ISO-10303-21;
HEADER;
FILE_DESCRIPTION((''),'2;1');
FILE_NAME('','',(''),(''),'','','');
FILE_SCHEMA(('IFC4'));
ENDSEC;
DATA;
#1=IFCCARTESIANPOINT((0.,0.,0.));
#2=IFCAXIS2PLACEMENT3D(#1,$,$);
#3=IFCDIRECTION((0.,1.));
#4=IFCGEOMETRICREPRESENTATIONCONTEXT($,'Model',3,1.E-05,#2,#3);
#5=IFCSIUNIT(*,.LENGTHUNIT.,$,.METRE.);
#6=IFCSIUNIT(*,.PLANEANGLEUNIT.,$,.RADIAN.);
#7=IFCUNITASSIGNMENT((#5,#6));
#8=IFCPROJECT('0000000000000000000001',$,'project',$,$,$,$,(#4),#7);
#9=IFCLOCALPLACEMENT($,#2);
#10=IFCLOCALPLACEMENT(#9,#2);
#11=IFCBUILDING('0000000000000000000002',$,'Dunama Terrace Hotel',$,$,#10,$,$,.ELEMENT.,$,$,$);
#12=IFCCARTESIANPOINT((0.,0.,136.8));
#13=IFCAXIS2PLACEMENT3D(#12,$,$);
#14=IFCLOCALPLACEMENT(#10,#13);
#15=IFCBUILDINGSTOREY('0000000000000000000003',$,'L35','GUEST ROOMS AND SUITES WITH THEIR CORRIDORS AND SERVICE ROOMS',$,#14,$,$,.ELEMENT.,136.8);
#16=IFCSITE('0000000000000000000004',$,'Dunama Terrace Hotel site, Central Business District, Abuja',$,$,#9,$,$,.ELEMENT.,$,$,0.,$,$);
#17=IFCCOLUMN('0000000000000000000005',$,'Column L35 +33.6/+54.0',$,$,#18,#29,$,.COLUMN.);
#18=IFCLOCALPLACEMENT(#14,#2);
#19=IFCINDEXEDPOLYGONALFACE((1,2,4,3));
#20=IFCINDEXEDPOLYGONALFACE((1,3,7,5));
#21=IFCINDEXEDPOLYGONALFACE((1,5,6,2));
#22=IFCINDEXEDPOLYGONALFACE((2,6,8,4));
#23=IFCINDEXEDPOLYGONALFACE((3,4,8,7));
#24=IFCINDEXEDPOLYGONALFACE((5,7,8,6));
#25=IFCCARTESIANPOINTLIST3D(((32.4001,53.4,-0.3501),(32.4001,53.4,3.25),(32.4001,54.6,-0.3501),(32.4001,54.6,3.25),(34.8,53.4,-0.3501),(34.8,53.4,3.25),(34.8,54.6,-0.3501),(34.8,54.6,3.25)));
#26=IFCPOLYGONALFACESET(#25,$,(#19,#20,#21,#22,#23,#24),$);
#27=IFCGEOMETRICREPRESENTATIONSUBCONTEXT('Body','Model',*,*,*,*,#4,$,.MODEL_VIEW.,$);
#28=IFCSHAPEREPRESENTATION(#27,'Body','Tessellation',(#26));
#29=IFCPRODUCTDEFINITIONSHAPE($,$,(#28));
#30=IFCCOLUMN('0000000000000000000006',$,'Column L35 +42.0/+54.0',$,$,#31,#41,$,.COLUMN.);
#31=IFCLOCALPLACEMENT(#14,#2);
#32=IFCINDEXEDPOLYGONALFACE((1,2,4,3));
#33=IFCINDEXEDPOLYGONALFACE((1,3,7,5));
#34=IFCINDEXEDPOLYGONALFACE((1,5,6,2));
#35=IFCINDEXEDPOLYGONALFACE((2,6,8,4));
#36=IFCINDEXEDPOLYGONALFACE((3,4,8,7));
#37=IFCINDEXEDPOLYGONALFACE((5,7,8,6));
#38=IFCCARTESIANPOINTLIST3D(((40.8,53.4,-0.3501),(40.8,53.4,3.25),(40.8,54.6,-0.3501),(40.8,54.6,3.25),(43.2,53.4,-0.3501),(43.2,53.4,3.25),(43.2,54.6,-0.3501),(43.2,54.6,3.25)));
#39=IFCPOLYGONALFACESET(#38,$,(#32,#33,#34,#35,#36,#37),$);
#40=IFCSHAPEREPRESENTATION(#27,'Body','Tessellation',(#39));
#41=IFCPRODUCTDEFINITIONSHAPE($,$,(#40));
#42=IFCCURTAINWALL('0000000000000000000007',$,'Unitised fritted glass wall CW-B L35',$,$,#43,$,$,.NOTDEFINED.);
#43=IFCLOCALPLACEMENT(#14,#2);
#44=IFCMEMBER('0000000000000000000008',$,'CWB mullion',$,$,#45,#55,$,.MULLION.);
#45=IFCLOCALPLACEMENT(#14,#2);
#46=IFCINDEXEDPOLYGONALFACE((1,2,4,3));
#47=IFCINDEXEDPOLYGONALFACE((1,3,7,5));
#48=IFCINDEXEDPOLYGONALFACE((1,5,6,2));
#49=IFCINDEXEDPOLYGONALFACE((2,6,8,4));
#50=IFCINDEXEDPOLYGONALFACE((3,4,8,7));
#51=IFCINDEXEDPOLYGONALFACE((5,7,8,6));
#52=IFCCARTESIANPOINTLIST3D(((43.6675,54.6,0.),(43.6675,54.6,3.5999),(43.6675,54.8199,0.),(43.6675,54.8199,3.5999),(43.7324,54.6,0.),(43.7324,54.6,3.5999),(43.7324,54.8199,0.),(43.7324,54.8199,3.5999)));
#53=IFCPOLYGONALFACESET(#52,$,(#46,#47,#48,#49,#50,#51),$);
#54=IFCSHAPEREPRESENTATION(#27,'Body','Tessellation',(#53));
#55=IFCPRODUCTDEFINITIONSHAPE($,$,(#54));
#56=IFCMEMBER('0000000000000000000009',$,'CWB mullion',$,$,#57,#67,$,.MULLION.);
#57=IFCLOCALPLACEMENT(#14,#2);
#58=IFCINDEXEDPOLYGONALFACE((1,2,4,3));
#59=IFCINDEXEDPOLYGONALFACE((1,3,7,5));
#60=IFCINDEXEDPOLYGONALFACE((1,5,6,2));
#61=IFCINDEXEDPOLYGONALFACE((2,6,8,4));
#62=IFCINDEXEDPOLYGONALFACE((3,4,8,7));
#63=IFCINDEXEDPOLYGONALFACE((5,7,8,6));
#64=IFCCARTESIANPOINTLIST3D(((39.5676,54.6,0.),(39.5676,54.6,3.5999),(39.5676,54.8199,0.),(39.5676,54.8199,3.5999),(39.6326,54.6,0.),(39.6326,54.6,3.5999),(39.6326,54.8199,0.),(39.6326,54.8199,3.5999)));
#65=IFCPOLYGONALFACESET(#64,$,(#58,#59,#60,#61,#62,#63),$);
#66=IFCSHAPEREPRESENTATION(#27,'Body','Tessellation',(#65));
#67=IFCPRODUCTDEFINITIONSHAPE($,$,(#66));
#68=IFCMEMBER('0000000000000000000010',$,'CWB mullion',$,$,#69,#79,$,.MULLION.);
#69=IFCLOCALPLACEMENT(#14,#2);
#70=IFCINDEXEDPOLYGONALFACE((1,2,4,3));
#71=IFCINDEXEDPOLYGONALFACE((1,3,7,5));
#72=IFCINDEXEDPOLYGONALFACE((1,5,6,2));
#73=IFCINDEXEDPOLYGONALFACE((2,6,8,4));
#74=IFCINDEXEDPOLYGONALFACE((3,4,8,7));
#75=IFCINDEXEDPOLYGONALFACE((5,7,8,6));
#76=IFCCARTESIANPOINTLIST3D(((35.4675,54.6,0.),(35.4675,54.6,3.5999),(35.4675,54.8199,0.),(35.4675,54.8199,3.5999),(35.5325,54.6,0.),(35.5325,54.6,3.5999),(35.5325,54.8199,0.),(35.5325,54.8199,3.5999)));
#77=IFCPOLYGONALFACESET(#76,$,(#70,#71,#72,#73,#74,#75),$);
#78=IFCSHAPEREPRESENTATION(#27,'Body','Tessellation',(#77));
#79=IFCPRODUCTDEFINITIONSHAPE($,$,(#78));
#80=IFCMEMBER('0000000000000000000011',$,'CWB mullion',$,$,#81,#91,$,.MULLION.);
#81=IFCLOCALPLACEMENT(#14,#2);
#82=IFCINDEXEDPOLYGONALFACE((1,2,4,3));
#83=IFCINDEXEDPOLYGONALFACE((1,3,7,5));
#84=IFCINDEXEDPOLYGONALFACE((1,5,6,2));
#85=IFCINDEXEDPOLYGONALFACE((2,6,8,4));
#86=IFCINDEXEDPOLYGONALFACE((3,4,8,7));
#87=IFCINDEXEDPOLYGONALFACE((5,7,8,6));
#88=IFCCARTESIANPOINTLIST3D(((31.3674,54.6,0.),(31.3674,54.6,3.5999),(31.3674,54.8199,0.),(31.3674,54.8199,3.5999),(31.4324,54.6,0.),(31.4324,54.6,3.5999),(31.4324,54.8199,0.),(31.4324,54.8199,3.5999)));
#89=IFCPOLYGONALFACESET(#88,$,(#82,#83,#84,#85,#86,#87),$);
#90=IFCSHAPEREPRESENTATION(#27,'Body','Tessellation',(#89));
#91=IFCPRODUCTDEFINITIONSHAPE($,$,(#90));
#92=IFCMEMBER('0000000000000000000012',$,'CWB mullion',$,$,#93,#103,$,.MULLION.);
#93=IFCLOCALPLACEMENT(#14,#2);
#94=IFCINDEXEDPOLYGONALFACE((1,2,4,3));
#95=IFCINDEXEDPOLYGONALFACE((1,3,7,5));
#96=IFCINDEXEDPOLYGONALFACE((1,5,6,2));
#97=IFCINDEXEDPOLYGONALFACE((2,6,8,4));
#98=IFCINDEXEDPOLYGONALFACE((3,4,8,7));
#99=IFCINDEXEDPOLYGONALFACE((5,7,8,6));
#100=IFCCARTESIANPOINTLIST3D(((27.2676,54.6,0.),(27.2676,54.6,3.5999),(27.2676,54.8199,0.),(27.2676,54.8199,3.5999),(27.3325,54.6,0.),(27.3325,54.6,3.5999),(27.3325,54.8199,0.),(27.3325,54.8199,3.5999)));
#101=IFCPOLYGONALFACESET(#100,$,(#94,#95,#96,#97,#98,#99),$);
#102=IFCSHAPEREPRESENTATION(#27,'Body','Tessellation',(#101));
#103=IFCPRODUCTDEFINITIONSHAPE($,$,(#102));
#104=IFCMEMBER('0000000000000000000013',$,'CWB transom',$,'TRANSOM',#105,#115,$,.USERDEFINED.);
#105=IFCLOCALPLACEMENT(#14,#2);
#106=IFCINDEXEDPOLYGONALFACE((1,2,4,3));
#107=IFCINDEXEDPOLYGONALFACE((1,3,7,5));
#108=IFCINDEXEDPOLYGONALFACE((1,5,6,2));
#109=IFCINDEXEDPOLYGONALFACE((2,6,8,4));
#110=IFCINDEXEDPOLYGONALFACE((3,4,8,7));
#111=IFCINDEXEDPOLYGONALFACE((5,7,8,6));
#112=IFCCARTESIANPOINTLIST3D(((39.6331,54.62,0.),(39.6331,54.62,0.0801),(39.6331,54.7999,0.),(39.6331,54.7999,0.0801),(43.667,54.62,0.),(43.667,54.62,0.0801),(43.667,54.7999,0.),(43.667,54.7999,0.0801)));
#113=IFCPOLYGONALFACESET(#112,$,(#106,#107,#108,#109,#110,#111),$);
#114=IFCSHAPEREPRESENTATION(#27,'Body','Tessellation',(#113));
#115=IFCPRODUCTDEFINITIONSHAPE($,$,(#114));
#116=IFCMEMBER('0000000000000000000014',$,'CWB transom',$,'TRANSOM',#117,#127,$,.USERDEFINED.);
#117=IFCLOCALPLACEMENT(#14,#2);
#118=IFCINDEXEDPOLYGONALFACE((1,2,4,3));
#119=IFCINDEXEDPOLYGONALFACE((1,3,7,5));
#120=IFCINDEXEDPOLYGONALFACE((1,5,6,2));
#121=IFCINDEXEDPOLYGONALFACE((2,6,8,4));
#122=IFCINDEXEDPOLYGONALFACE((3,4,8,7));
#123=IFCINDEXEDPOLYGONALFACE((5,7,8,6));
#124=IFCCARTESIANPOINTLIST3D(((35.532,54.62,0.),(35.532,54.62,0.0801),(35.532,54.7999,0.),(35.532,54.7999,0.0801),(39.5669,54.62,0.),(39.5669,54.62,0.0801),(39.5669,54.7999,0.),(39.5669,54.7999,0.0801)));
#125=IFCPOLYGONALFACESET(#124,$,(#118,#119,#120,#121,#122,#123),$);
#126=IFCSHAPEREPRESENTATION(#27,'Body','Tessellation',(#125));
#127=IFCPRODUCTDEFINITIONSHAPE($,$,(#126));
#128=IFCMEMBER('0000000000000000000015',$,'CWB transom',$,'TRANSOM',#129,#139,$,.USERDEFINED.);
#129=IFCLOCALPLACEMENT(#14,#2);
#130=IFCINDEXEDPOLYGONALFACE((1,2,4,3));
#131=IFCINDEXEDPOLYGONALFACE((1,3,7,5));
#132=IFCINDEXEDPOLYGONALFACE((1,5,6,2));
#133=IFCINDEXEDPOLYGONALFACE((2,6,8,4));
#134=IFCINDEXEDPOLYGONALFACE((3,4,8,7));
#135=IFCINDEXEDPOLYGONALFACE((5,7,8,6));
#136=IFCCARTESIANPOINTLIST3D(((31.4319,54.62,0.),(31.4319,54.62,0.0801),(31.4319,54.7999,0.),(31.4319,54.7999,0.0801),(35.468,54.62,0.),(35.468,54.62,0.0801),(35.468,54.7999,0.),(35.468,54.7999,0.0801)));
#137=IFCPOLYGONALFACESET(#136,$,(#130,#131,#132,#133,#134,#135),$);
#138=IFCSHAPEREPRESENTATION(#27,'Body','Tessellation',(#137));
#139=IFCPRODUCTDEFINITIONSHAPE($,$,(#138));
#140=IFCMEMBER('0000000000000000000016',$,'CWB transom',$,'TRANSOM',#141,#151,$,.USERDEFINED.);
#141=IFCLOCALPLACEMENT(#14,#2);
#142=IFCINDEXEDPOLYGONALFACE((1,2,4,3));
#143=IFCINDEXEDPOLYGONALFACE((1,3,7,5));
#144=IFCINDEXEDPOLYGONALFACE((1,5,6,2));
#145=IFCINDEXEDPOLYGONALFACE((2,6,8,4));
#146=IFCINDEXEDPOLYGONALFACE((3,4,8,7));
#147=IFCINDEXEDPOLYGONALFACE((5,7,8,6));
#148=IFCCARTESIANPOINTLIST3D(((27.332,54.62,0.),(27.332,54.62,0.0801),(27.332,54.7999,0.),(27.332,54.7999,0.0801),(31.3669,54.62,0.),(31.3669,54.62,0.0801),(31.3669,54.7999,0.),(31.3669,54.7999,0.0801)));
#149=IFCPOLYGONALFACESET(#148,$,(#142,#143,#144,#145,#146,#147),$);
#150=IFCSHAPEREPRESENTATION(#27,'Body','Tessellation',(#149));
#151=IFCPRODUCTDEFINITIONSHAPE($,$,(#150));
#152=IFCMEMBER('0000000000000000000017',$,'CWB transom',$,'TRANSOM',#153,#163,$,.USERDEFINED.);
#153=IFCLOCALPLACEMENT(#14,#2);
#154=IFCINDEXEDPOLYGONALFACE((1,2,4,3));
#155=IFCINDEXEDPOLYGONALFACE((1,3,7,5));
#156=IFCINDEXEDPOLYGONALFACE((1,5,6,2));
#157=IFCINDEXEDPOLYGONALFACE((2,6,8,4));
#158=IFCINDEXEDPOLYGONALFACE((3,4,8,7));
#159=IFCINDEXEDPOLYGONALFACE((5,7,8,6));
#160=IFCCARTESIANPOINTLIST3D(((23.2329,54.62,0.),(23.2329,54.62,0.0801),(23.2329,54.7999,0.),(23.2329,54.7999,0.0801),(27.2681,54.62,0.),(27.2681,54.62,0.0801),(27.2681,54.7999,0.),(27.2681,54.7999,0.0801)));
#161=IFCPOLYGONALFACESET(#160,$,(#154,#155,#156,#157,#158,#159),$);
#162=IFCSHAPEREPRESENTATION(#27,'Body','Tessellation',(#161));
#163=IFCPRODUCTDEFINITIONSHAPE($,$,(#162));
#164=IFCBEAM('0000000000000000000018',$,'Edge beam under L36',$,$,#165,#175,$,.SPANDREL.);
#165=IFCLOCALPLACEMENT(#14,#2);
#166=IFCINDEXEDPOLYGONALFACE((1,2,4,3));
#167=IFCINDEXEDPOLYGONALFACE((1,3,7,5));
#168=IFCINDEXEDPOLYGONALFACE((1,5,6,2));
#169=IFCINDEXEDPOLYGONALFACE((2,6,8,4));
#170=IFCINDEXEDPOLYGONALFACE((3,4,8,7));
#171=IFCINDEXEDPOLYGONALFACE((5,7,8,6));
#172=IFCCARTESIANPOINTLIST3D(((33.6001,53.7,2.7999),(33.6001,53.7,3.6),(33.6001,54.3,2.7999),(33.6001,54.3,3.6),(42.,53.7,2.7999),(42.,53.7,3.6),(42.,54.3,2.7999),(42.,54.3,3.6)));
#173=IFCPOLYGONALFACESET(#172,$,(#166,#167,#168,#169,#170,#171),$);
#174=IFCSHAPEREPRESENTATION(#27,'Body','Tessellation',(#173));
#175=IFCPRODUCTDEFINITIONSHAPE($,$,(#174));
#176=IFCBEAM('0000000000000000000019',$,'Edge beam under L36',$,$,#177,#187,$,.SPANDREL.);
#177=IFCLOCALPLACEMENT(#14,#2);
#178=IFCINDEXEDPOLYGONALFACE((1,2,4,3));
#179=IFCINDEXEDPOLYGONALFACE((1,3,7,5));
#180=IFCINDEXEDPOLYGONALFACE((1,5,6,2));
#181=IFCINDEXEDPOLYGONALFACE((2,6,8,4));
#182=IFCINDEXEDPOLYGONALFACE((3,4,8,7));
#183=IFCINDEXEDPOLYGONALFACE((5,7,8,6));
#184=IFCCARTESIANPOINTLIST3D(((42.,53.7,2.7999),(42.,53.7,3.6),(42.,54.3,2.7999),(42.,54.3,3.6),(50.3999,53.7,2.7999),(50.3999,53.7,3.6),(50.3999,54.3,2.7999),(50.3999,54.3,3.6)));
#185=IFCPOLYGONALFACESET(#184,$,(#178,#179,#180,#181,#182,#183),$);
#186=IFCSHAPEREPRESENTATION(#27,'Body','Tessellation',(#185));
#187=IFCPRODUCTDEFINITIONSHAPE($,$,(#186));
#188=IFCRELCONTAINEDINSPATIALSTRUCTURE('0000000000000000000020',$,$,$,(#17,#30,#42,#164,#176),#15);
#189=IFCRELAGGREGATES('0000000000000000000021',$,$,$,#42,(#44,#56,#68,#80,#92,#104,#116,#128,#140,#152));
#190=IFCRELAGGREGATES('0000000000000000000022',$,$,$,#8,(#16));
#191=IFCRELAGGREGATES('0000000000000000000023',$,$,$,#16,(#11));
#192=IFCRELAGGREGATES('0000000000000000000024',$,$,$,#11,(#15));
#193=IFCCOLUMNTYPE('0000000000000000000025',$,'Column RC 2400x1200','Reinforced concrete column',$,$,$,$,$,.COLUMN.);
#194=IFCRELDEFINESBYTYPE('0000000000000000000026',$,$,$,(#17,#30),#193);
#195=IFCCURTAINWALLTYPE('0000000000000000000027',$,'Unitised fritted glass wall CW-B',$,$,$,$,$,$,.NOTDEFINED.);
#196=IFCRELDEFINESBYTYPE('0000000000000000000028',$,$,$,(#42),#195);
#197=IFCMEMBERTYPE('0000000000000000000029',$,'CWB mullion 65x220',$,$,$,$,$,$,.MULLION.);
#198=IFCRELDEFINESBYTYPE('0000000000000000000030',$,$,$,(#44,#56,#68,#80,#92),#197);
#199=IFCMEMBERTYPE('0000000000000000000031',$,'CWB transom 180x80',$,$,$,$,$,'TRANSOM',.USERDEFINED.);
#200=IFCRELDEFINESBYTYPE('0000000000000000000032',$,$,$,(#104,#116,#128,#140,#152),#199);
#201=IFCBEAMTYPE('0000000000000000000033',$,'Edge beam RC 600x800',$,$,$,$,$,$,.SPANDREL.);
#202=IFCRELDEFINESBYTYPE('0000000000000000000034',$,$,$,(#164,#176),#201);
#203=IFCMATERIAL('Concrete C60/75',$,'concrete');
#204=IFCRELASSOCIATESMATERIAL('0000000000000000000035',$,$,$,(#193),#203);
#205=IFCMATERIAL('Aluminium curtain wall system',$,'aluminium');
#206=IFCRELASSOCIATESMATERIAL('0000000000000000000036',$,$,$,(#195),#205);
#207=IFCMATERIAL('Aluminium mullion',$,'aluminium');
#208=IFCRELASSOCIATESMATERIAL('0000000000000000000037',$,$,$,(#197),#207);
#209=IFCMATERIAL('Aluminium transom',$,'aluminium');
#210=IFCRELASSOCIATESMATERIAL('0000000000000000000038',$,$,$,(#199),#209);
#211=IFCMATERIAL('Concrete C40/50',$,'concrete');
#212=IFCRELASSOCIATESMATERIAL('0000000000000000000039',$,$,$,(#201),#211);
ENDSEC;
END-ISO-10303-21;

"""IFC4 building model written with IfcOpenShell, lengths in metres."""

from ifc_helpers import new_model, si_unit, direction, frame, origin, origin_2d, place, context, subcontext, project, spatial, rectangle, extrude, material, material_profile, profile_set, type_object, element, aggregate, save


model = new_model("IFC4")

# Units and contexts
model_context = context("Model", 3, precision=1e-05, world=origin(), true_north=direction((0.0, 1.0)))
body_context = subcontext(model_context, "Body", "Model", "MODEL_VIEW")
ifc_project = project(units=[si_unit("LENGTHUNIT", "METRE"), si_unit("PLANEANGLEUNIT", "RADIAN")], contexts=[model_context])

# Site, building, storey
site_placement = place(None, origin())
site = spatial("IfcSite", under=ifc_project, at=site_placement, Name="Dunama Terrace Hotel site, Central Business District, Abuja", CompositionType="ELEMENT", RefElevation=0.0)
building_placement = place(site_placement, origin())
building = spatial("IfcBuilding", under=site, at=building_placement, Name="Dunama Terrace Hotel", CompositionType="ELEMENT")
storey_placement = place(building_placement, frame((0.0, 0.0, 136.8)))
storey = spatial("IfcBuildingStorey", under=building, at=storey_placement, Name="L35", Description="GUEST ROOMS AND SUITES WITH THEIR CORRIDORS AND SERVICE ROOMS", CompositionType="ELEMENT", Elevation=136.8)

# Columns
ifc_material_1 = material(Name="Concrete C60/75", Category="concrete")
ifc_material_profile_1 = material_profile(ifc_material_1, rectangle(XDim=2.3999, YDim=1.2, at=origin_2d()), Name="RC 2400x1200")
ifc_profile_set_1 = profile_set([ifc_material_profile_1], Name="Concrete C60/75")
column_type = type_object("IfcColumnType", Name="Column RC 2400x1200", Description="Reinforced concrete column", PredefinedType="COLUMN", material=ifc_profile_set_1)
for number, where, z_axis, x_axis, name in (
    (1, (33.6001, 54.0, -0.3501), (0.0, 0.0, 1.0), (1.0, 0.0, 0.0), "Column L35 +33.6/+54.0"),
    (2, (42.0, 54.0, -0.3501), (0.0, 0.0, 1.0), (1.0, 0.0, 0.0), "Column L35 +42.0/+54.0"),
):
    element("IfcColumn", number, at=place(storey_placement, frame(where, z_axis=z_axis, x_axis=x_axis)), inside=storey, type_object=column_type, Name=name, PredefinedType="COLUMN", context=body_context, shape_type="SweptSolid", body=[
        extrude(rectangle(XDim=2.3999, YDim=1.2, at=origin_2d()), origin(), (0.0, 0.0, 1.0), 3.6001),
    ])

# Curtain wall, members
ifc_material_2 = material(Name="Aluminium curtain wall system", Category="aluminium")
curtain_wall_type = type_object("IfcCurtainWallType", Name="Unitised fritted glass wall CW-B", PredefinedType="NOTDEFINED", material=ifc_material_2)
curtain_wall_placement = place(storey_placement, origin())
curtain_wall = element("IfcCurtainWall", 3, at=curtain_wall_placement, inside=storey, type_object=curtain_wall_type, Name="Unitised fritted glass wall CW-B L35", PredefinedType="NOTDEFINED")
ifc_material_3 = material(Name="Aluminium mullion", Category="aluminium")
ifc_material_profile_2 = material_profile(ifc_material_3, rectangle(XDim=0.0649, YDim=0.22, at=origin_2d()), Name="CWB MULLION 65X220")
ifc_profile_set_2 = profile_set([ifc_material_profile_2], Name="Aluminium mullion")
member_type_1 = type_object("IfcMemberType", Name="CWB mullion 65x220", PredefinedType="MULLION", material=ifc_profile_set_2)
member_1_placement = place(storey_placement, frame((43.7, 54.71, 0.0), z_axis=(0.0, 0.0, 1.0), x_axis=(-1.0, 0.0, 0.0)))
member_1 = element("IfcMember", 4, at=member_1_placement, type_object=member_type_1, Name="CWB mullion", PredefinedType="MULLION", context=body_context, shape_type="SweptSolid", body=[
    extrude(rectangle(XDim=0.0649, YDim=0.22, at=origin_2d()), origin(), (0.0, 0.0, 1.0), 3.5999),
])
member_2_placement = place(storey_placement, frame((39.6001, 54.71, 0.0), z_axis=(0.0, 0.0, 1.0), x_axis=(-1.0, 0.0, 0.0)))
member_2 = element("IfcMember", 5, at=member_2_placement, type_object=member_type_1, Name="CWB mullion", PredefinedType="MULLION", context=body_context, shape_type="SweptSolid", body=[
    extrude(rectangle(XDim=0.0649, YDim=0.22, at=origin_2d()), origin(), (0.0, 0.0, 1.0), 3.5999),
])
member_3_placement = place(storey_placement, frame((35.5, 54.71, 0.0), z_axis=(0.0, 0.0, 1.0), x_axis=(-1.0, 0.0, 0.0)))
member_3 = element("IfcMember", 6, at=member_3_placement, type_object=member_type_1, Name="CWB mullion", PredefinedType="MULLION", context=body_context, shape_type="SweptSolid", body=[
    extrude(rectangle(XDim=0.0649, YDim=0.22, at=origin_2d()), origin(), (0.0, 0.0, 1.0), 3.5999),
])
member_4_placement = place(storey_placement, frame((31.3999, 54.71, 0.0), z_axis=(0.0, 0.0, 1.0), x_axis=(-1.0, 0.0, 0.0)))
member_4 = element("IfcMember", 7, at=member_4_placement, type_object=member_type_1, Name="CWB mullion", PredefinedType="MULLION", context=body_context, shape_type="SweptSolid", body=[
    extrude(rectangle(XDim=0.0649, YDim=0.22, at=origin_2d()), origin(), (0.0, 0.0, 1.0), 3.5999),
])
member_5_placement = place(storey_placement, frame((27.3, 54.71, 0.0), z_axis=(0.0, 0.0, 1.0), x_axis=(-1.0, 0.0, 0.0)))
member_5 = element("IfcMember", 8, at=member_5_placement, type_object=member_type_1, Name="CWB mullion", PredefinedType="MULLION", context=body_context, shape_type="SweptSolid", body=[
    extrude(rectangle(XDim=0.0649, YDim=0.22, at=origin_2d()), origin(), (0.0, 0.0, 1.0), 3.5999),
])
ifc_material_4 = material(Name="Aluminium transom", Category="aluminium")
ifc_material_profile_3 = material_profile(ifc_material_4, rectangle(XDim=0.1799, YDim=0.0801, at=origin_2d()), Name="CWB TRANSOM 180X80")
ifc_profile_set_3 = profile_set([ifc_material_profile_3], Name="Aluminium transom")
member_type_2 = type_object("IfcMemberType", Name="CWB transom 180x80", ElementType="TRANSOM", PredefinedType="USERDEFINED", material=ifc_profile_set_3)
member_6_placement = place(storey_placement, frame((43.667, 54.71, 0.04), z_axis=(-1.0, 0.0, 0.0), x_axis=(0.0, -1.0, 0.0)))
member_6 = element("IfcMember", 9, at=member_6_placement, type_object=member_type_2, Name="CWB transom", ObjectType="TRANSOM", PredefinedType="USERDEFINED", context=body_context, shape_type="SweptSolid", body=[
    extrude(rectangle(XDim=0.1799, YDim=0.0801, at=origin_2d()), origin(), (0.0, 0.0, 1.0), 4.0339),
])
member_7_placement = place(storey_placement, frame((39.5669, 54.71, 0.04), z_axis=(-1.0, 0.0, 0.0), x_axis=(0.0, -1.0, 0.0)))
member_7 = element("IfcMember", 10, at=member_7_placement, type_object=member_type_2, Name="CWB transom", ObjectType="TRANSOM", PredefinedType="USERDEFINED", context=body_context, shape_type="SweptSolid", body=[
    extrude(rectangle(XDim=0.1799, YDim=0.0801, at=origin_2d()), origin(), (0.0, 0.0, 1.0), 4.0349),
])
member_8_placement = place(storey_placement, frame((35.468, 54.71, 0.04), z_axis=(-1.0, 0.0, 0.0), x_axis=(0.0, -1.0, 0.0)))
member_8 = element("IfcMember", 11, at=member_8_placement, type_object=member_type_2, Name="CWB transom", ObjectType="TRANSOM", PredefinedType="USERDEFINED", context=body_context, shape_type="SweptSolid", body=[
    extrude(rectangle(XDim=0.1799, YDim=0.0801, at=origin_2d()), origin(), (0.0, 0.0, 1.0), 4.0361),
])
member_9_placement = place(storey_placement, frame((31.3669, 54.71, 0.04), z_axis=(-1.0, 0.0, 0.0), x_axis=(0.0, -1.0, 0.0)))
member_9 = element("IfcMember", 12, at=member_9_placement, type_object=member_type_2, Name="CWB transom", ObjectType="TRANSOM", PredefinedType="USERDEFINED", context=body_context, shape_type="SweptSolid", body=[
    extrude(rectangle(XDim=0.1799, YDim=0.0801, at=origin_2d()), origin(), (0.0, 0.0, 1.0), 4.0349),
])
member_10_placement = place(storey_placement, frame((27.2681, 54.71, 0.04), z_axis=(-1.0, 0.0, 0.0), x_axis=(0.0, -1.0, 0.0)))
member_10 = element("IfcMember", 13, at=member_10_placement, type_object=member_type_2, Name="CWB transom", ObjectType="TRANSOM", PredefinedType="USERDEFINED", context=body_context, shape_type="SweptSolid", body=[
    extrude(rectangle(XDim=0.1799, YDim=0.0801, at=origin_2d()), origin(), (0.0, 0.0, 1.0), 4.0352),
])

# Beams
ifc_material_5 = material(Name="Concrete C40/50", Category="concrete")
ifc_material_profile_4 = material_profile(ifc_material_5, rectangle(XDim=0.6001, YDim=0.8, at=origin_2d()), Name="RC 600x800")
ifc_profile_set_4 = profile_set([ifc_material_profile_4], Name="Concrete C40/50")
beam_type = type_object("IfcBeamType", Name="Edge beam RC 600x800", PredefinedType="SPANDREL", material=ifc_profile_set_4)
for number, where, z_axis, x_axis, name in (
    (14, (33.6001, 54.0, 3.2), (1.0, 0.0, 0.0), (0.0, 1.0, 0.0), "Edge beam under L36"),
    (15, (42.0, 54.0, 3.2), (1.0, 0.0, 0.0), (0.0, 1.0, 0.0), "Edge beam under L36"),
):
    element("IfcBeam", number, at=place(storey_placement, frame(where, z_axis=z_axis, x_axis=x_axis)), inside=storey, type_object=beam_type, Name=name, PredefinedType="SPANDREL", context=body_context, shape_type="SweptSolid", body=[
        extrude(rectangle(XDim=0.6001, YDim=0.8, at=origin_2d()), origin(), (0.0, 0.0, 1.0), 8.3999),
    ])

aggregate(curtain_wall, [member_1, member_2, member_3, member_4, member_5, member_6, member_7, member_8, member_9, member_10])

save(model, "model.ifc")
